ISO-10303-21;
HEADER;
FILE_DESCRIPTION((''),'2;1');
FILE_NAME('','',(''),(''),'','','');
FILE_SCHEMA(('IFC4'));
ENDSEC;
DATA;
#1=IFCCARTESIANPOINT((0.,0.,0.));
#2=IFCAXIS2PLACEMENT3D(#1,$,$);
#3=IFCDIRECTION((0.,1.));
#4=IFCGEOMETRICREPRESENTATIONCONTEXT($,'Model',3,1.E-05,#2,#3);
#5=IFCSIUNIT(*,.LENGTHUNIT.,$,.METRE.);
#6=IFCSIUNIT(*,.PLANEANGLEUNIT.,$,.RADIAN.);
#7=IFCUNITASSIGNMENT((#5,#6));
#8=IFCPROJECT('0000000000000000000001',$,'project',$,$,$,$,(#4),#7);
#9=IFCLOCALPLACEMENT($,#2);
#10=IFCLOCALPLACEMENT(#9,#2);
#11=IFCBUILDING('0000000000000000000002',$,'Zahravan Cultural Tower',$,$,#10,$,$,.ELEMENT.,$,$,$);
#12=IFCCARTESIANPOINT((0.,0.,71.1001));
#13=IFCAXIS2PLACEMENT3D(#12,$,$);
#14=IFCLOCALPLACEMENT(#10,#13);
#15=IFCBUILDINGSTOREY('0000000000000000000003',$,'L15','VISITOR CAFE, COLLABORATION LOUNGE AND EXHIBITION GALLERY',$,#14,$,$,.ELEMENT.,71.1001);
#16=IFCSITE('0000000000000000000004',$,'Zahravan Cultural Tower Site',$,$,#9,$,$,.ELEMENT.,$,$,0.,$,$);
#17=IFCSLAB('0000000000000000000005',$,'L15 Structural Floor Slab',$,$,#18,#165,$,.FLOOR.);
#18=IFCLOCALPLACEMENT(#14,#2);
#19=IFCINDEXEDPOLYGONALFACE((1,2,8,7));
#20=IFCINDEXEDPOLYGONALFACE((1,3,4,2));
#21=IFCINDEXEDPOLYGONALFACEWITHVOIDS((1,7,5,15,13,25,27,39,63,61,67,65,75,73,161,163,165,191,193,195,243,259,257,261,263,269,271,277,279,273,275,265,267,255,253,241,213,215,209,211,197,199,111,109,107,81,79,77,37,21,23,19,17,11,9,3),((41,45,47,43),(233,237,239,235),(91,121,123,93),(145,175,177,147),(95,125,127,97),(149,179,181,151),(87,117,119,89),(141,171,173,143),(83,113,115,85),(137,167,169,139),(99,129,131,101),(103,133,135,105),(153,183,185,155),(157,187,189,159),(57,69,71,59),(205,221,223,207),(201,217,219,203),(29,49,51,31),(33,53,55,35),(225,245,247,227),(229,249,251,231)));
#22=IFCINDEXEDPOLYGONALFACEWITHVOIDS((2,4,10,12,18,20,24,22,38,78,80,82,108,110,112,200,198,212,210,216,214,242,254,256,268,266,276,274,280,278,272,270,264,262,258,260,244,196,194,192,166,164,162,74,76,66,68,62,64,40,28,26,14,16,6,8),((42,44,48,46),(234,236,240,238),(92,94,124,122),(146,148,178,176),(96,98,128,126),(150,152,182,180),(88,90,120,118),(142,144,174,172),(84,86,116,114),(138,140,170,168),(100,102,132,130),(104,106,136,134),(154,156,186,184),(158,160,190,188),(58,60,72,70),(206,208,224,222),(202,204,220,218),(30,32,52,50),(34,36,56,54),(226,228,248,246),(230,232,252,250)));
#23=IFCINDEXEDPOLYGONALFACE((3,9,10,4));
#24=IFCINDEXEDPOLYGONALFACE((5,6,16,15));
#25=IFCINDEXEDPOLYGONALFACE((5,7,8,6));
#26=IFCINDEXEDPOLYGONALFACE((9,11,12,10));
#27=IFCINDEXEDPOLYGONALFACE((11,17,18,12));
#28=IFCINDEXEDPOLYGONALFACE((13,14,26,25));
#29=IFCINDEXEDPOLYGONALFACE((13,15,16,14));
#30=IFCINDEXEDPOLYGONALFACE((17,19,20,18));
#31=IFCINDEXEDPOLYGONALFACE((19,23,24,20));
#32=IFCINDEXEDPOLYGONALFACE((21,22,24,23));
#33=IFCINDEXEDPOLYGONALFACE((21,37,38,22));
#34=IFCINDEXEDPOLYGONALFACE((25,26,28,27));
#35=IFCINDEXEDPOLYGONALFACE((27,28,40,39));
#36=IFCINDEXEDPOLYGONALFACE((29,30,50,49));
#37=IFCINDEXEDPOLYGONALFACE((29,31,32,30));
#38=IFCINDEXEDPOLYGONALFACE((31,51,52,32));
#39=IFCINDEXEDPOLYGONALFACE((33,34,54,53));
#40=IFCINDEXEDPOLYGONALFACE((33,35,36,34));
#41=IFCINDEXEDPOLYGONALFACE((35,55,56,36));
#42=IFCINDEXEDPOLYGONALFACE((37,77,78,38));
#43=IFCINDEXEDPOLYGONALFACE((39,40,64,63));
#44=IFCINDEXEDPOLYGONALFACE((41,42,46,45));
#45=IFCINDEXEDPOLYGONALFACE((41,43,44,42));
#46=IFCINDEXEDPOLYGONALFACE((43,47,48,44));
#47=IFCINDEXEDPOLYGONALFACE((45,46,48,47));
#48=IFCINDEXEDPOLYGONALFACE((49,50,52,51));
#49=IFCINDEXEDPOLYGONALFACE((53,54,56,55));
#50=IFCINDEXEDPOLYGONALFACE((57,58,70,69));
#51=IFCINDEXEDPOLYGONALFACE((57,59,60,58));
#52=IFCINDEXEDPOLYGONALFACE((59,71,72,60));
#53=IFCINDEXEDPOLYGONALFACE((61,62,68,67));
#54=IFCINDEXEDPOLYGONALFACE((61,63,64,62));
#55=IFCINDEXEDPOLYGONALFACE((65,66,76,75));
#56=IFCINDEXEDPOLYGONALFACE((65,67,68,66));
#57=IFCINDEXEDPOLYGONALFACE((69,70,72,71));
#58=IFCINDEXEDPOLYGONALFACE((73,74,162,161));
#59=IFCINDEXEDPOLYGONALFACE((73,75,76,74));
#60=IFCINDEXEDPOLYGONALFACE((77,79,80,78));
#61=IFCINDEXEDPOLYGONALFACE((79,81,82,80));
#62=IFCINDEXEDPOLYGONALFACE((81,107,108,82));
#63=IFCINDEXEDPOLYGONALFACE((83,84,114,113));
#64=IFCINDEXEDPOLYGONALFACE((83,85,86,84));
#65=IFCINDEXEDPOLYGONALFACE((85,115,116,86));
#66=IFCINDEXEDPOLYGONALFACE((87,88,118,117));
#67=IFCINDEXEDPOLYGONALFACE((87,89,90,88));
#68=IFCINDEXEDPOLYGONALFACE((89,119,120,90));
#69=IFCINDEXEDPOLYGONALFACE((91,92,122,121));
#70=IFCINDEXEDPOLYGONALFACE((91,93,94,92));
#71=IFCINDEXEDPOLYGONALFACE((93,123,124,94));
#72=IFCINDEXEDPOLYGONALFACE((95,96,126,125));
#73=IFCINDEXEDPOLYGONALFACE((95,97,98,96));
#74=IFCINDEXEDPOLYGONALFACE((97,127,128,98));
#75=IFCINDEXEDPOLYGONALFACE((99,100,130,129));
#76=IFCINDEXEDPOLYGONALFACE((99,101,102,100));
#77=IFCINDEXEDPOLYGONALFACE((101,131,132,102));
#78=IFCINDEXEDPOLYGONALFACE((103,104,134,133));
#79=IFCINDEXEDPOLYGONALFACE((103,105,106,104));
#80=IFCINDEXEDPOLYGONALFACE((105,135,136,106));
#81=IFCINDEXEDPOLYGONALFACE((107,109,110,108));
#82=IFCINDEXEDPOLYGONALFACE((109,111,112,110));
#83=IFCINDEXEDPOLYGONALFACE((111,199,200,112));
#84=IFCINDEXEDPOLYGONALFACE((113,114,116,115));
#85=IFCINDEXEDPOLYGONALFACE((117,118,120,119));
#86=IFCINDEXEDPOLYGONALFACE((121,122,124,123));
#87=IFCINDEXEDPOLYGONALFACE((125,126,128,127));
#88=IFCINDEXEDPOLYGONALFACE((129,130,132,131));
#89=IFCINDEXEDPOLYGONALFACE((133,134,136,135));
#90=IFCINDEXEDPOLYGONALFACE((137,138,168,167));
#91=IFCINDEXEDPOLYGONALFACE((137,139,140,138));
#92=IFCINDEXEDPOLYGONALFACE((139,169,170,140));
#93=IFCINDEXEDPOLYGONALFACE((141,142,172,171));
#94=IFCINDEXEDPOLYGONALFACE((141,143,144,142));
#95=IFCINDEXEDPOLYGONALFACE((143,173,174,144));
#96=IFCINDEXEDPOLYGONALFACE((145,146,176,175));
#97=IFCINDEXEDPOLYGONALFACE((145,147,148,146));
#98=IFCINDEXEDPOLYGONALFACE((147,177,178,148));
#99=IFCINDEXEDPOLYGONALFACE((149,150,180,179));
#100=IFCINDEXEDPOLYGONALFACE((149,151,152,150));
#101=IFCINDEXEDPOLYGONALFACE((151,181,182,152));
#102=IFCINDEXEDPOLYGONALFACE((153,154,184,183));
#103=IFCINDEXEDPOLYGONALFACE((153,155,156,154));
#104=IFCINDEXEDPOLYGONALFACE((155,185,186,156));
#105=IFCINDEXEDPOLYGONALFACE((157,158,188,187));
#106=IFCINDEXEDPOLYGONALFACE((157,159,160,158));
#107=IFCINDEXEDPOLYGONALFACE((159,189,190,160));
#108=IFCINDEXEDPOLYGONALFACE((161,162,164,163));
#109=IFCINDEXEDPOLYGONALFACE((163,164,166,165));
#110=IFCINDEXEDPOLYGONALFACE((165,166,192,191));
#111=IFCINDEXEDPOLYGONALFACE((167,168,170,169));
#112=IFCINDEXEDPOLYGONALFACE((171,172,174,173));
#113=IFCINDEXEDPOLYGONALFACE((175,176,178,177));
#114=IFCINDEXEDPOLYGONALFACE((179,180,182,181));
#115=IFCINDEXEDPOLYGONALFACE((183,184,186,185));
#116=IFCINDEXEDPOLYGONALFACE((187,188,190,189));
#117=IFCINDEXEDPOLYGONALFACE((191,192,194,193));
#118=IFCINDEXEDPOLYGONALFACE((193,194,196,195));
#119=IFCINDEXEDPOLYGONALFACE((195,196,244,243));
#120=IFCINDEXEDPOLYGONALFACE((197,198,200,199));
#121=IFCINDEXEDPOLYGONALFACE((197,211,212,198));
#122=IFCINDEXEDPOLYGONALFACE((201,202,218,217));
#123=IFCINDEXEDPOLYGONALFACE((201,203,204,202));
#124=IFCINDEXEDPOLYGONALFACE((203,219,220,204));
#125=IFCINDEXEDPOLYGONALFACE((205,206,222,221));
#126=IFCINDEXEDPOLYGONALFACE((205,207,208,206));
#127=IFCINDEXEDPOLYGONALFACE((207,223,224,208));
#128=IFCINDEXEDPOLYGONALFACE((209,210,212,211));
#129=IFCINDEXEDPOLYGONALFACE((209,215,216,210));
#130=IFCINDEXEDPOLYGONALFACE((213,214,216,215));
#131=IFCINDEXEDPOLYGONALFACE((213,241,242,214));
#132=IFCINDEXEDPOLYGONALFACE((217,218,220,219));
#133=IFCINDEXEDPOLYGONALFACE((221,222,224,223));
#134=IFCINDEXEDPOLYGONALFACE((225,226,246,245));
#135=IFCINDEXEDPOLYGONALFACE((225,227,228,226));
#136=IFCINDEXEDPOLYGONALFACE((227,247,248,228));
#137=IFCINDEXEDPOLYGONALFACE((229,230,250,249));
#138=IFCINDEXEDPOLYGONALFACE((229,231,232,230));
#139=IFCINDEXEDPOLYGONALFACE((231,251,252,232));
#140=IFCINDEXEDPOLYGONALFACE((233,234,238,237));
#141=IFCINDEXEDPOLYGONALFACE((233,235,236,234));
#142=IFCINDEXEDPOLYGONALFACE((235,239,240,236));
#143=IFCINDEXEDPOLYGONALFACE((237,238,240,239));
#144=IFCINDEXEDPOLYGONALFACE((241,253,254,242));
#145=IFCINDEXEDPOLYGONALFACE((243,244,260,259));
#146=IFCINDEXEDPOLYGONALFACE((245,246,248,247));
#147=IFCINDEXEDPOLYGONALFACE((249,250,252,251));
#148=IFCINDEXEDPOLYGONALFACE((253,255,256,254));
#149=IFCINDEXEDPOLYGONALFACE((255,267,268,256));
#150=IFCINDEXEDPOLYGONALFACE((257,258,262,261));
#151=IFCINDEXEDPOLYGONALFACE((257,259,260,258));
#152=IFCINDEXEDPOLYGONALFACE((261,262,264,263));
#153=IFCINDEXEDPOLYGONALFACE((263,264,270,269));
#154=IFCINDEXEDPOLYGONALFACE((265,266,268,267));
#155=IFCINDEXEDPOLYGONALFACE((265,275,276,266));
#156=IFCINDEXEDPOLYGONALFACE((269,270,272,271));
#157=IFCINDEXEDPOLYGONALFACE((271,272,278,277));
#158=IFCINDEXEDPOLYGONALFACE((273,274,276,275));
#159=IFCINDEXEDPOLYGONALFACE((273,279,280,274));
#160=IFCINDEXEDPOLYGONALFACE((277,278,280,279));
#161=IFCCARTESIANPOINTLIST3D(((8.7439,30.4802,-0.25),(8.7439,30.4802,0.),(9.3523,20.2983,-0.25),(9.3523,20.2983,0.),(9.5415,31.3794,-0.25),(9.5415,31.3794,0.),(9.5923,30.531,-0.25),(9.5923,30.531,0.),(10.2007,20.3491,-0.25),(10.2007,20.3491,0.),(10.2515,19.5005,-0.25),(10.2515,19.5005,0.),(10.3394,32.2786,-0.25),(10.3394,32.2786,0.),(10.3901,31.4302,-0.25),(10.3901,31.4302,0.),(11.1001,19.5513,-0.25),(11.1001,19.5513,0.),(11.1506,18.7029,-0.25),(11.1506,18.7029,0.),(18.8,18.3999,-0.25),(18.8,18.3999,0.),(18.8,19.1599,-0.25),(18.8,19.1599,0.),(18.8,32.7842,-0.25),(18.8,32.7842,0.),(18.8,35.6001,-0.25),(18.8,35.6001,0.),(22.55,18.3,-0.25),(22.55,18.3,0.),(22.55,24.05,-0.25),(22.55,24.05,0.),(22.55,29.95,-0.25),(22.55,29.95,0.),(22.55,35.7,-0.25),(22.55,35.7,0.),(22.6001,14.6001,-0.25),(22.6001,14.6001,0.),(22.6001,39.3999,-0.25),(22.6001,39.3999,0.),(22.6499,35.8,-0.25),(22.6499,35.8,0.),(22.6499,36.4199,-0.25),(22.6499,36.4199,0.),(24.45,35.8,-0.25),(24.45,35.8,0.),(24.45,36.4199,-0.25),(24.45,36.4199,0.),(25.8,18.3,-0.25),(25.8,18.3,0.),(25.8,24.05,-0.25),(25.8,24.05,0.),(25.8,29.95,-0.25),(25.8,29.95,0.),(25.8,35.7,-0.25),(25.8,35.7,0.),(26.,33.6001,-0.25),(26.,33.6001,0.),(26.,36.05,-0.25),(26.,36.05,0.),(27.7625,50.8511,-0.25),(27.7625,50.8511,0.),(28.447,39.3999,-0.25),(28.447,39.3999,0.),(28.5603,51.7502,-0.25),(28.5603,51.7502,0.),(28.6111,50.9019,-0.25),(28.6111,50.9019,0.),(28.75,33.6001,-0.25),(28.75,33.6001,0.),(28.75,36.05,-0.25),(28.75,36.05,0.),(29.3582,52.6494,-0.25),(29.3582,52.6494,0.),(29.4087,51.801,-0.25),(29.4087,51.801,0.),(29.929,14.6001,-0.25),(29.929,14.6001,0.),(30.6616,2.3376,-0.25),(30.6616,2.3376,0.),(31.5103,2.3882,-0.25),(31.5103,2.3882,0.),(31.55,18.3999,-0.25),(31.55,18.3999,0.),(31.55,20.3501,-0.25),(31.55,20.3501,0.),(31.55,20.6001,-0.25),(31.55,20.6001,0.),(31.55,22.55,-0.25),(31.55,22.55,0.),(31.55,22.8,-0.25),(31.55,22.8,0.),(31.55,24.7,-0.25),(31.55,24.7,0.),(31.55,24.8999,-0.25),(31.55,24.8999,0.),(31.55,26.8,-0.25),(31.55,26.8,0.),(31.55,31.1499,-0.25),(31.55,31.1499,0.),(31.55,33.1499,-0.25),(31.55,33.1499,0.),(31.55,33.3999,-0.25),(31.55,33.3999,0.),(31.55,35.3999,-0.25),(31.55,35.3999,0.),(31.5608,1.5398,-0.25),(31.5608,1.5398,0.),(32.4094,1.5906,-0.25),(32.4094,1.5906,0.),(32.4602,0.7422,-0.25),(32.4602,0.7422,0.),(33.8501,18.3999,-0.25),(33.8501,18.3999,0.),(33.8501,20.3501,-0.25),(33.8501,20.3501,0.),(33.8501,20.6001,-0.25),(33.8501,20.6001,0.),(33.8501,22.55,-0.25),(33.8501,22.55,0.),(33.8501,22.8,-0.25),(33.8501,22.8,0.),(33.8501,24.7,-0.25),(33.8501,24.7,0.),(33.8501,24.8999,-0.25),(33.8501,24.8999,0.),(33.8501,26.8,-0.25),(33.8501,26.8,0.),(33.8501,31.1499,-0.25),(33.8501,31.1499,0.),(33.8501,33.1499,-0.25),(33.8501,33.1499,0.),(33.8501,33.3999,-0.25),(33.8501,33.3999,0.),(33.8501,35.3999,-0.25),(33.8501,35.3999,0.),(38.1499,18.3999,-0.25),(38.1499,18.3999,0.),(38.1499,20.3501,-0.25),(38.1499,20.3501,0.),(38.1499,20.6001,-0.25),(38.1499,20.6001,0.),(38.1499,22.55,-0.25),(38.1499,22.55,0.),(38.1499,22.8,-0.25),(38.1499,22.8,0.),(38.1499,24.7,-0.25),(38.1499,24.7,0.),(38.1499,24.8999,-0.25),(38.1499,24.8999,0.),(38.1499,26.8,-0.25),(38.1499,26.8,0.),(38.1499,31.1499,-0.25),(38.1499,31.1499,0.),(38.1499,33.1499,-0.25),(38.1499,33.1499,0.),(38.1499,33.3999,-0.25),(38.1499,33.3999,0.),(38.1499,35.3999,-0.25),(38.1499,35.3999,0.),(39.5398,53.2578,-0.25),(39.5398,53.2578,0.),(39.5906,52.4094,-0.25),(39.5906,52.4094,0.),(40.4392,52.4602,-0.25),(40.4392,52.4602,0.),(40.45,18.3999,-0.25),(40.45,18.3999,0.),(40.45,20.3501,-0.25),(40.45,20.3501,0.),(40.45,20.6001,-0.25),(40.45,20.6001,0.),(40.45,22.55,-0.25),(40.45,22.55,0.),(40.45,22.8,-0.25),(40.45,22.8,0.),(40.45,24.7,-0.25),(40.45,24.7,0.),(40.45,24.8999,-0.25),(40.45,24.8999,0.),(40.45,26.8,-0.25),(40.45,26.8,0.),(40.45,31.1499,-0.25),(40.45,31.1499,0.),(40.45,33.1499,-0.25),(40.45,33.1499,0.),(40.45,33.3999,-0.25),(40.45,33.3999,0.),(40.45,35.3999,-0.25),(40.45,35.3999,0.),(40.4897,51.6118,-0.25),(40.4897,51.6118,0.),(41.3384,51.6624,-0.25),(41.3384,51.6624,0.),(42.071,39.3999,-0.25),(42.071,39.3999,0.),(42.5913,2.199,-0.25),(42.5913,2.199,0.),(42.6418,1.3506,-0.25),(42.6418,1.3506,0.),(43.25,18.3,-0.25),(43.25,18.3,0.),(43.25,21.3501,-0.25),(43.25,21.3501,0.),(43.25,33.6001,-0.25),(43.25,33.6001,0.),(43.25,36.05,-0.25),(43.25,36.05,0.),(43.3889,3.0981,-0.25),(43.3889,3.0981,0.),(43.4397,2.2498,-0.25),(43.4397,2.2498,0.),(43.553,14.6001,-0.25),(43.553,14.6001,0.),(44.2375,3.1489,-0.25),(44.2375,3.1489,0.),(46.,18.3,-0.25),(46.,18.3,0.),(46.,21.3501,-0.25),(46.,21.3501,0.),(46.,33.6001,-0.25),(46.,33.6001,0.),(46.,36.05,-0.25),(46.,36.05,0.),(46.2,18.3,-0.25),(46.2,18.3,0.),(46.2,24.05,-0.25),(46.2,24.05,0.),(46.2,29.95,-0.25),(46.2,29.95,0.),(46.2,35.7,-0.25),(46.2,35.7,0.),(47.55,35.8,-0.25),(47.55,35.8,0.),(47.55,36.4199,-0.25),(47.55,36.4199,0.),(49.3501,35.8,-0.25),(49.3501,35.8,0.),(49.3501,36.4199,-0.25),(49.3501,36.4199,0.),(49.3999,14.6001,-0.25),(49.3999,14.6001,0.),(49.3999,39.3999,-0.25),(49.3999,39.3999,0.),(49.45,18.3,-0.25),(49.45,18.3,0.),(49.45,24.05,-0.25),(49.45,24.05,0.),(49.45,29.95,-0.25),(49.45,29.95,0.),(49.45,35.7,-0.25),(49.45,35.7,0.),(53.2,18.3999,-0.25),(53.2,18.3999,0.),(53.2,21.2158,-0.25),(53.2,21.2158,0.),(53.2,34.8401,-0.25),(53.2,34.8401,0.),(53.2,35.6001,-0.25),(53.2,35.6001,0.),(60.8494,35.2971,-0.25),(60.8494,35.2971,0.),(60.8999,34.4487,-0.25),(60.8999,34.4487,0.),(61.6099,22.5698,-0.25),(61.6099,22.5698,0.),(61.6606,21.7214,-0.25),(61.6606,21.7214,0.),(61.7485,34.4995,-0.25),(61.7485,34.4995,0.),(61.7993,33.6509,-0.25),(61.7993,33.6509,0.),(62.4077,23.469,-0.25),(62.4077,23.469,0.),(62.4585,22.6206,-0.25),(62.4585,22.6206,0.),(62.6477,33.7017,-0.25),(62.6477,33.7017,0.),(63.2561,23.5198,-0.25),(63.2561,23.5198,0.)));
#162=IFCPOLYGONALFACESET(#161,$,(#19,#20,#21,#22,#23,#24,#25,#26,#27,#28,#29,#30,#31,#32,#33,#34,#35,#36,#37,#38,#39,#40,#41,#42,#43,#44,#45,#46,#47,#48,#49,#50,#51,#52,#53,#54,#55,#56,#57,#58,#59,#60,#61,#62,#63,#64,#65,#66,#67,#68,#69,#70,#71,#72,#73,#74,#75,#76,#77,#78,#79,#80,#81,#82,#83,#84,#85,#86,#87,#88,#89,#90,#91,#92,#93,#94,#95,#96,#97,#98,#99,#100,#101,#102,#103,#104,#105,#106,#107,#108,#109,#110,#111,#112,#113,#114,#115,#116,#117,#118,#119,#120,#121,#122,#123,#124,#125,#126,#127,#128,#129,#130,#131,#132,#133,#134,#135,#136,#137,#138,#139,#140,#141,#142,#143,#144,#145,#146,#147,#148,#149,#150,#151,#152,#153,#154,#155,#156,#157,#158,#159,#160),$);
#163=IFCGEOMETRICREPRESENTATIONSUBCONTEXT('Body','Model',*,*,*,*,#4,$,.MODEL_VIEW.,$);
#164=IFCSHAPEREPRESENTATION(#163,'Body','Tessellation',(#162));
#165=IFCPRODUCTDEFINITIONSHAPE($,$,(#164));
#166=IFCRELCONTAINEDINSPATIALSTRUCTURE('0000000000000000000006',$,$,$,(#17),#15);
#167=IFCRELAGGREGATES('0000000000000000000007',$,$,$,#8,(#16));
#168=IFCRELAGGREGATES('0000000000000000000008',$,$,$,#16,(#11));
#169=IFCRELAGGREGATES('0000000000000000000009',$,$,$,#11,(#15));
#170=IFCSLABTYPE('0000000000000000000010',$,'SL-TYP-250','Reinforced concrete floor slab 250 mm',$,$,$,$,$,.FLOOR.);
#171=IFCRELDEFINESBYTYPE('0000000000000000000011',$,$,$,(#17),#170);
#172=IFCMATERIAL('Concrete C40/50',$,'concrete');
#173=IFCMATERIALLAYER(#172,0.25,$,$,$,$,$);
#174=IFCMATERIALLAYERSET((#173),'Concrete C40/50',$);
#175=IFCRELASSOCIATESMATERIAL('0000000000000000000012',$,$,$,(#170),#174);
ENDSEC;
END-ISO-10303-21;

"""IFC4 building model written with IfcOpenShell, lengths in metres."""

from ifc_helpers import new_model, si_unit, direction, frame, origin, place, context, subcontext, project, spatial, polyline, outline, extrude, material, layer, layer_set, type_object, element, save


model = new_model("IFC4")

# Units and contexts
model_context = context("Model", 3, precision=1e-05, world=origin(), true_north=direction((0.0, 1.0)))
body_context = subcontext(model_context, "Body", "Model", "MODEL_VIEW")
ifc_project = project(units=[si_unit("LENGTHUNIT", "METRE"), si_unit("PLANEANGLEUNIT", "RADIAN")], contexts=[model_context])

# Site, building, storey
site_placement = place(None, origin())
site = spatial("IfcSite", under=ifc_project, at=site_placement, Name="Zahravan Cultural Tower Site", CompositionType="ELEMENT", RefElevation=0.0)
building_placement = place(site_placement, origin())
building = spatial("IfcBuilding", under=site, at=building_placement, Name="Zahravan Cultural Tower", CompositionType="ELEMENT")
storey_placement = place(building_placement, frame((0.0, 0.0, 71.1001)))
storey = spatial("IfcBuildingStorey", under=building, at=storey_placement, Name="L15", Description="VISITOR CAFE, COLLABORATION LOUNGE AND EXHIBITION GALLERY", CompositionType="ELEMENT", Elevation=71.1001)

# Slab
ifc_material_1 = material(Name="Concrete C40/50", Category="concrete")
ifc_layer_1 = layer(ifc_material_1, 0.25)
ifc_layer_set_1 = layer_set([ifc_layer_1], Name="Concrete C40/50")
slab_type_1 = type_object("IfcSlabType", Name="SL-TYP-250", Description="Reinforced concrete floor slab 250 mm", PredefinedType="FLOOR", material=ifc_layer_set_1)
slab_1_placement = place(storey_placement, frame((0.0, 0.0, -0.25)))
element("IfcSlab", 1, at=slab_1_placement, inside=storey, type_object=slab_type_1, Name="L15 Structural Floor Slab", PredefinedType="FLOOR", context=body_context, shape_type="SweptSolid", body=[
    extrude(outline(polyline([(53.2, 34.8401), (53.2, 35.6001), (49.3999, 39.3999), (42.071, 39.3999), (41.3384, 51.6624), (40.4897, 51.6118), (40.4392, 52.4602), (39.5906, 52.4094), (39.5398, 53.2578), (29.3582, 52.6494), (29.4087, 51.801), (28.5603, 51.7502), (28.6111, 50.9019), (27.7625, 50.8511), (28.447, 39.3999), (22.6001, 39.3999), (18.8, 35.6001), (18.8, 32.7842), (10.3394, 32.2786), (10.3901, 31.4302), (9.5415, 31.3794), (9.5923, 30.531), (8.7439, 30.4802), (9.3523, 20.2983), (10.2007, 20.3491), (10.2515, 19.5005), (11.1001, 19.5513), (11.1506, 18.7029), (18.8, 19.1599), (18.8, 18.3999), (22.6001, 14.6001), (29.929, 14.6001), (30.6616, 2.3376), (31.5103, 2.3882), (31.5608, 1.5398), (32.4094, 1.5906), (32.4602, 0.7422), (42.6418, 1.3506), (42.5913, 2.199), (43.4397, 2.2498), (43.3889, 3.0981), (44.2375, 3.1489), (43.553, 14.6001), (49.3999, 14.6001), (53.2, 18.3999), (53.2, 21.2158), (61.6606, 21.7214), (61.6099, 22.5698), (62.4585, 22.6206), (62.4077, 23.469), (63.2561, 23.5198), (62.6477, 33.7017), (61.7993, 33.6509), (61.7485, 34.4995), (60.8999, 34.4487), (60.8494, 35.2971), (53.2, 34.8401)]), holes=[polyline([(22.55, 29.95), (22.55, 35.7), (25.8, 35.7), (25.8, 29.95), (22.55, 29.95)]), polyline([(22.55, 18.3), (22.55, 24.05), (25.8, 24.05), (25.8, 18.3), (22.55, 18.3)]), polyline([(46.2, 29.95), (46.2, 35.7), (49.45, 35.7), (49.45, 29.95), (46.2, 29.95)]), polyline([(46.2, 18.3), (46.2, 24.05), (49.45, 24.05), (49.45, 18.3), (46.2, 18.3)]), polyline([(26.0, 33.6001), (26.0, 36.05), (28.75, 36.05), (28.75, 33.6001), (26.0, 33.6001)]), polyline([(43.25, 33.6001), (43.25, 36.05), (46.0, 36.05), (46.0, 33.6001), (43.25, 33.6001)]), polyline([(43.25, 18.3), (43.25, 21.3501), (46.0, 21.3501), (46.0, 18.3), (43.25, 18.3)]), polyline([(31.55, 33.3999), (31.55, 35.3999), (33.8501, 35.3999), (33.8501, 33.3999), (31.55, 33.3999)]), polyline([(31.55, 31.1499), (31.55, 33.1499), (33.8501, 33.1499), (33.8501, 31.1499), (31.55, 31.1499)]), polyline([(38.1499, 33.3999), (38.1499, 35.3999), (40.45, 35.3999), (40.45, 33.3999), (38.1499, 33.3999)]), polyline([(38.1499, 31.1499), (38.1499, 33.1499), (40.45, 33.1499), (40.45, 31.1499), (38.1499, 31.1499)]), polyline([(31.55, 20.6001), (31.55, 22.55), (33.8501, 22.55), (33.8501, 20.6001), (31.55, 20.6001)]), polyline([(31.55, 18.3999), (31.55, 20.3501), (33.8501, 20.3501), (33.8501, 18.3999), (31.55, 18.3999)]), polyline([(38.1499, 20.6001), (38.1499, 22.55), (40.45, 22.55), (40.45, 20.6001), (38.1499, 20.6001)]), polyline([(38.1499, 18.3999), (38.1499, 20.3501), (40.45, 20.3501), (40.45, 18.3999), (38.1499, 18.3999)]), polyline([(31.55, 24.8999), (31.55, 26.8), (33.8501, 26.8), (33.8501, 24.8999), (31.55, 24.8999)]), polyline([(31.55, 22.8), (31.55, 24.7), (33.8501, 24.7), (33.8501, 22.8), (31.55, 22.8)]), polyline([(38.1499, 24.8999), (38.1499, 26.8), (40.45, 26.8), (40.45, 24.8999), (38.1499, 24.8999)]), polyline([(38.1499, 22.8), (38.1499, 24.7), (40.45, 24.7), (40.45, 22.8), (38.1499, 22.8)]), polyline([(22.6499, 35.8), (22.6499, 36.4199), (24.45, 36.4199), (24.45, 35.8), (22.6499, 35.8)]), polyline([(47.55, 35.8), (47.55, 36.4199), (49.3501, 36.4199), (49.3501, 35.8), (47.55, 35.8)])]), origin(), (0.0, 0.0, 1.0), 0.25),
])

save(model, "model.ifc")
